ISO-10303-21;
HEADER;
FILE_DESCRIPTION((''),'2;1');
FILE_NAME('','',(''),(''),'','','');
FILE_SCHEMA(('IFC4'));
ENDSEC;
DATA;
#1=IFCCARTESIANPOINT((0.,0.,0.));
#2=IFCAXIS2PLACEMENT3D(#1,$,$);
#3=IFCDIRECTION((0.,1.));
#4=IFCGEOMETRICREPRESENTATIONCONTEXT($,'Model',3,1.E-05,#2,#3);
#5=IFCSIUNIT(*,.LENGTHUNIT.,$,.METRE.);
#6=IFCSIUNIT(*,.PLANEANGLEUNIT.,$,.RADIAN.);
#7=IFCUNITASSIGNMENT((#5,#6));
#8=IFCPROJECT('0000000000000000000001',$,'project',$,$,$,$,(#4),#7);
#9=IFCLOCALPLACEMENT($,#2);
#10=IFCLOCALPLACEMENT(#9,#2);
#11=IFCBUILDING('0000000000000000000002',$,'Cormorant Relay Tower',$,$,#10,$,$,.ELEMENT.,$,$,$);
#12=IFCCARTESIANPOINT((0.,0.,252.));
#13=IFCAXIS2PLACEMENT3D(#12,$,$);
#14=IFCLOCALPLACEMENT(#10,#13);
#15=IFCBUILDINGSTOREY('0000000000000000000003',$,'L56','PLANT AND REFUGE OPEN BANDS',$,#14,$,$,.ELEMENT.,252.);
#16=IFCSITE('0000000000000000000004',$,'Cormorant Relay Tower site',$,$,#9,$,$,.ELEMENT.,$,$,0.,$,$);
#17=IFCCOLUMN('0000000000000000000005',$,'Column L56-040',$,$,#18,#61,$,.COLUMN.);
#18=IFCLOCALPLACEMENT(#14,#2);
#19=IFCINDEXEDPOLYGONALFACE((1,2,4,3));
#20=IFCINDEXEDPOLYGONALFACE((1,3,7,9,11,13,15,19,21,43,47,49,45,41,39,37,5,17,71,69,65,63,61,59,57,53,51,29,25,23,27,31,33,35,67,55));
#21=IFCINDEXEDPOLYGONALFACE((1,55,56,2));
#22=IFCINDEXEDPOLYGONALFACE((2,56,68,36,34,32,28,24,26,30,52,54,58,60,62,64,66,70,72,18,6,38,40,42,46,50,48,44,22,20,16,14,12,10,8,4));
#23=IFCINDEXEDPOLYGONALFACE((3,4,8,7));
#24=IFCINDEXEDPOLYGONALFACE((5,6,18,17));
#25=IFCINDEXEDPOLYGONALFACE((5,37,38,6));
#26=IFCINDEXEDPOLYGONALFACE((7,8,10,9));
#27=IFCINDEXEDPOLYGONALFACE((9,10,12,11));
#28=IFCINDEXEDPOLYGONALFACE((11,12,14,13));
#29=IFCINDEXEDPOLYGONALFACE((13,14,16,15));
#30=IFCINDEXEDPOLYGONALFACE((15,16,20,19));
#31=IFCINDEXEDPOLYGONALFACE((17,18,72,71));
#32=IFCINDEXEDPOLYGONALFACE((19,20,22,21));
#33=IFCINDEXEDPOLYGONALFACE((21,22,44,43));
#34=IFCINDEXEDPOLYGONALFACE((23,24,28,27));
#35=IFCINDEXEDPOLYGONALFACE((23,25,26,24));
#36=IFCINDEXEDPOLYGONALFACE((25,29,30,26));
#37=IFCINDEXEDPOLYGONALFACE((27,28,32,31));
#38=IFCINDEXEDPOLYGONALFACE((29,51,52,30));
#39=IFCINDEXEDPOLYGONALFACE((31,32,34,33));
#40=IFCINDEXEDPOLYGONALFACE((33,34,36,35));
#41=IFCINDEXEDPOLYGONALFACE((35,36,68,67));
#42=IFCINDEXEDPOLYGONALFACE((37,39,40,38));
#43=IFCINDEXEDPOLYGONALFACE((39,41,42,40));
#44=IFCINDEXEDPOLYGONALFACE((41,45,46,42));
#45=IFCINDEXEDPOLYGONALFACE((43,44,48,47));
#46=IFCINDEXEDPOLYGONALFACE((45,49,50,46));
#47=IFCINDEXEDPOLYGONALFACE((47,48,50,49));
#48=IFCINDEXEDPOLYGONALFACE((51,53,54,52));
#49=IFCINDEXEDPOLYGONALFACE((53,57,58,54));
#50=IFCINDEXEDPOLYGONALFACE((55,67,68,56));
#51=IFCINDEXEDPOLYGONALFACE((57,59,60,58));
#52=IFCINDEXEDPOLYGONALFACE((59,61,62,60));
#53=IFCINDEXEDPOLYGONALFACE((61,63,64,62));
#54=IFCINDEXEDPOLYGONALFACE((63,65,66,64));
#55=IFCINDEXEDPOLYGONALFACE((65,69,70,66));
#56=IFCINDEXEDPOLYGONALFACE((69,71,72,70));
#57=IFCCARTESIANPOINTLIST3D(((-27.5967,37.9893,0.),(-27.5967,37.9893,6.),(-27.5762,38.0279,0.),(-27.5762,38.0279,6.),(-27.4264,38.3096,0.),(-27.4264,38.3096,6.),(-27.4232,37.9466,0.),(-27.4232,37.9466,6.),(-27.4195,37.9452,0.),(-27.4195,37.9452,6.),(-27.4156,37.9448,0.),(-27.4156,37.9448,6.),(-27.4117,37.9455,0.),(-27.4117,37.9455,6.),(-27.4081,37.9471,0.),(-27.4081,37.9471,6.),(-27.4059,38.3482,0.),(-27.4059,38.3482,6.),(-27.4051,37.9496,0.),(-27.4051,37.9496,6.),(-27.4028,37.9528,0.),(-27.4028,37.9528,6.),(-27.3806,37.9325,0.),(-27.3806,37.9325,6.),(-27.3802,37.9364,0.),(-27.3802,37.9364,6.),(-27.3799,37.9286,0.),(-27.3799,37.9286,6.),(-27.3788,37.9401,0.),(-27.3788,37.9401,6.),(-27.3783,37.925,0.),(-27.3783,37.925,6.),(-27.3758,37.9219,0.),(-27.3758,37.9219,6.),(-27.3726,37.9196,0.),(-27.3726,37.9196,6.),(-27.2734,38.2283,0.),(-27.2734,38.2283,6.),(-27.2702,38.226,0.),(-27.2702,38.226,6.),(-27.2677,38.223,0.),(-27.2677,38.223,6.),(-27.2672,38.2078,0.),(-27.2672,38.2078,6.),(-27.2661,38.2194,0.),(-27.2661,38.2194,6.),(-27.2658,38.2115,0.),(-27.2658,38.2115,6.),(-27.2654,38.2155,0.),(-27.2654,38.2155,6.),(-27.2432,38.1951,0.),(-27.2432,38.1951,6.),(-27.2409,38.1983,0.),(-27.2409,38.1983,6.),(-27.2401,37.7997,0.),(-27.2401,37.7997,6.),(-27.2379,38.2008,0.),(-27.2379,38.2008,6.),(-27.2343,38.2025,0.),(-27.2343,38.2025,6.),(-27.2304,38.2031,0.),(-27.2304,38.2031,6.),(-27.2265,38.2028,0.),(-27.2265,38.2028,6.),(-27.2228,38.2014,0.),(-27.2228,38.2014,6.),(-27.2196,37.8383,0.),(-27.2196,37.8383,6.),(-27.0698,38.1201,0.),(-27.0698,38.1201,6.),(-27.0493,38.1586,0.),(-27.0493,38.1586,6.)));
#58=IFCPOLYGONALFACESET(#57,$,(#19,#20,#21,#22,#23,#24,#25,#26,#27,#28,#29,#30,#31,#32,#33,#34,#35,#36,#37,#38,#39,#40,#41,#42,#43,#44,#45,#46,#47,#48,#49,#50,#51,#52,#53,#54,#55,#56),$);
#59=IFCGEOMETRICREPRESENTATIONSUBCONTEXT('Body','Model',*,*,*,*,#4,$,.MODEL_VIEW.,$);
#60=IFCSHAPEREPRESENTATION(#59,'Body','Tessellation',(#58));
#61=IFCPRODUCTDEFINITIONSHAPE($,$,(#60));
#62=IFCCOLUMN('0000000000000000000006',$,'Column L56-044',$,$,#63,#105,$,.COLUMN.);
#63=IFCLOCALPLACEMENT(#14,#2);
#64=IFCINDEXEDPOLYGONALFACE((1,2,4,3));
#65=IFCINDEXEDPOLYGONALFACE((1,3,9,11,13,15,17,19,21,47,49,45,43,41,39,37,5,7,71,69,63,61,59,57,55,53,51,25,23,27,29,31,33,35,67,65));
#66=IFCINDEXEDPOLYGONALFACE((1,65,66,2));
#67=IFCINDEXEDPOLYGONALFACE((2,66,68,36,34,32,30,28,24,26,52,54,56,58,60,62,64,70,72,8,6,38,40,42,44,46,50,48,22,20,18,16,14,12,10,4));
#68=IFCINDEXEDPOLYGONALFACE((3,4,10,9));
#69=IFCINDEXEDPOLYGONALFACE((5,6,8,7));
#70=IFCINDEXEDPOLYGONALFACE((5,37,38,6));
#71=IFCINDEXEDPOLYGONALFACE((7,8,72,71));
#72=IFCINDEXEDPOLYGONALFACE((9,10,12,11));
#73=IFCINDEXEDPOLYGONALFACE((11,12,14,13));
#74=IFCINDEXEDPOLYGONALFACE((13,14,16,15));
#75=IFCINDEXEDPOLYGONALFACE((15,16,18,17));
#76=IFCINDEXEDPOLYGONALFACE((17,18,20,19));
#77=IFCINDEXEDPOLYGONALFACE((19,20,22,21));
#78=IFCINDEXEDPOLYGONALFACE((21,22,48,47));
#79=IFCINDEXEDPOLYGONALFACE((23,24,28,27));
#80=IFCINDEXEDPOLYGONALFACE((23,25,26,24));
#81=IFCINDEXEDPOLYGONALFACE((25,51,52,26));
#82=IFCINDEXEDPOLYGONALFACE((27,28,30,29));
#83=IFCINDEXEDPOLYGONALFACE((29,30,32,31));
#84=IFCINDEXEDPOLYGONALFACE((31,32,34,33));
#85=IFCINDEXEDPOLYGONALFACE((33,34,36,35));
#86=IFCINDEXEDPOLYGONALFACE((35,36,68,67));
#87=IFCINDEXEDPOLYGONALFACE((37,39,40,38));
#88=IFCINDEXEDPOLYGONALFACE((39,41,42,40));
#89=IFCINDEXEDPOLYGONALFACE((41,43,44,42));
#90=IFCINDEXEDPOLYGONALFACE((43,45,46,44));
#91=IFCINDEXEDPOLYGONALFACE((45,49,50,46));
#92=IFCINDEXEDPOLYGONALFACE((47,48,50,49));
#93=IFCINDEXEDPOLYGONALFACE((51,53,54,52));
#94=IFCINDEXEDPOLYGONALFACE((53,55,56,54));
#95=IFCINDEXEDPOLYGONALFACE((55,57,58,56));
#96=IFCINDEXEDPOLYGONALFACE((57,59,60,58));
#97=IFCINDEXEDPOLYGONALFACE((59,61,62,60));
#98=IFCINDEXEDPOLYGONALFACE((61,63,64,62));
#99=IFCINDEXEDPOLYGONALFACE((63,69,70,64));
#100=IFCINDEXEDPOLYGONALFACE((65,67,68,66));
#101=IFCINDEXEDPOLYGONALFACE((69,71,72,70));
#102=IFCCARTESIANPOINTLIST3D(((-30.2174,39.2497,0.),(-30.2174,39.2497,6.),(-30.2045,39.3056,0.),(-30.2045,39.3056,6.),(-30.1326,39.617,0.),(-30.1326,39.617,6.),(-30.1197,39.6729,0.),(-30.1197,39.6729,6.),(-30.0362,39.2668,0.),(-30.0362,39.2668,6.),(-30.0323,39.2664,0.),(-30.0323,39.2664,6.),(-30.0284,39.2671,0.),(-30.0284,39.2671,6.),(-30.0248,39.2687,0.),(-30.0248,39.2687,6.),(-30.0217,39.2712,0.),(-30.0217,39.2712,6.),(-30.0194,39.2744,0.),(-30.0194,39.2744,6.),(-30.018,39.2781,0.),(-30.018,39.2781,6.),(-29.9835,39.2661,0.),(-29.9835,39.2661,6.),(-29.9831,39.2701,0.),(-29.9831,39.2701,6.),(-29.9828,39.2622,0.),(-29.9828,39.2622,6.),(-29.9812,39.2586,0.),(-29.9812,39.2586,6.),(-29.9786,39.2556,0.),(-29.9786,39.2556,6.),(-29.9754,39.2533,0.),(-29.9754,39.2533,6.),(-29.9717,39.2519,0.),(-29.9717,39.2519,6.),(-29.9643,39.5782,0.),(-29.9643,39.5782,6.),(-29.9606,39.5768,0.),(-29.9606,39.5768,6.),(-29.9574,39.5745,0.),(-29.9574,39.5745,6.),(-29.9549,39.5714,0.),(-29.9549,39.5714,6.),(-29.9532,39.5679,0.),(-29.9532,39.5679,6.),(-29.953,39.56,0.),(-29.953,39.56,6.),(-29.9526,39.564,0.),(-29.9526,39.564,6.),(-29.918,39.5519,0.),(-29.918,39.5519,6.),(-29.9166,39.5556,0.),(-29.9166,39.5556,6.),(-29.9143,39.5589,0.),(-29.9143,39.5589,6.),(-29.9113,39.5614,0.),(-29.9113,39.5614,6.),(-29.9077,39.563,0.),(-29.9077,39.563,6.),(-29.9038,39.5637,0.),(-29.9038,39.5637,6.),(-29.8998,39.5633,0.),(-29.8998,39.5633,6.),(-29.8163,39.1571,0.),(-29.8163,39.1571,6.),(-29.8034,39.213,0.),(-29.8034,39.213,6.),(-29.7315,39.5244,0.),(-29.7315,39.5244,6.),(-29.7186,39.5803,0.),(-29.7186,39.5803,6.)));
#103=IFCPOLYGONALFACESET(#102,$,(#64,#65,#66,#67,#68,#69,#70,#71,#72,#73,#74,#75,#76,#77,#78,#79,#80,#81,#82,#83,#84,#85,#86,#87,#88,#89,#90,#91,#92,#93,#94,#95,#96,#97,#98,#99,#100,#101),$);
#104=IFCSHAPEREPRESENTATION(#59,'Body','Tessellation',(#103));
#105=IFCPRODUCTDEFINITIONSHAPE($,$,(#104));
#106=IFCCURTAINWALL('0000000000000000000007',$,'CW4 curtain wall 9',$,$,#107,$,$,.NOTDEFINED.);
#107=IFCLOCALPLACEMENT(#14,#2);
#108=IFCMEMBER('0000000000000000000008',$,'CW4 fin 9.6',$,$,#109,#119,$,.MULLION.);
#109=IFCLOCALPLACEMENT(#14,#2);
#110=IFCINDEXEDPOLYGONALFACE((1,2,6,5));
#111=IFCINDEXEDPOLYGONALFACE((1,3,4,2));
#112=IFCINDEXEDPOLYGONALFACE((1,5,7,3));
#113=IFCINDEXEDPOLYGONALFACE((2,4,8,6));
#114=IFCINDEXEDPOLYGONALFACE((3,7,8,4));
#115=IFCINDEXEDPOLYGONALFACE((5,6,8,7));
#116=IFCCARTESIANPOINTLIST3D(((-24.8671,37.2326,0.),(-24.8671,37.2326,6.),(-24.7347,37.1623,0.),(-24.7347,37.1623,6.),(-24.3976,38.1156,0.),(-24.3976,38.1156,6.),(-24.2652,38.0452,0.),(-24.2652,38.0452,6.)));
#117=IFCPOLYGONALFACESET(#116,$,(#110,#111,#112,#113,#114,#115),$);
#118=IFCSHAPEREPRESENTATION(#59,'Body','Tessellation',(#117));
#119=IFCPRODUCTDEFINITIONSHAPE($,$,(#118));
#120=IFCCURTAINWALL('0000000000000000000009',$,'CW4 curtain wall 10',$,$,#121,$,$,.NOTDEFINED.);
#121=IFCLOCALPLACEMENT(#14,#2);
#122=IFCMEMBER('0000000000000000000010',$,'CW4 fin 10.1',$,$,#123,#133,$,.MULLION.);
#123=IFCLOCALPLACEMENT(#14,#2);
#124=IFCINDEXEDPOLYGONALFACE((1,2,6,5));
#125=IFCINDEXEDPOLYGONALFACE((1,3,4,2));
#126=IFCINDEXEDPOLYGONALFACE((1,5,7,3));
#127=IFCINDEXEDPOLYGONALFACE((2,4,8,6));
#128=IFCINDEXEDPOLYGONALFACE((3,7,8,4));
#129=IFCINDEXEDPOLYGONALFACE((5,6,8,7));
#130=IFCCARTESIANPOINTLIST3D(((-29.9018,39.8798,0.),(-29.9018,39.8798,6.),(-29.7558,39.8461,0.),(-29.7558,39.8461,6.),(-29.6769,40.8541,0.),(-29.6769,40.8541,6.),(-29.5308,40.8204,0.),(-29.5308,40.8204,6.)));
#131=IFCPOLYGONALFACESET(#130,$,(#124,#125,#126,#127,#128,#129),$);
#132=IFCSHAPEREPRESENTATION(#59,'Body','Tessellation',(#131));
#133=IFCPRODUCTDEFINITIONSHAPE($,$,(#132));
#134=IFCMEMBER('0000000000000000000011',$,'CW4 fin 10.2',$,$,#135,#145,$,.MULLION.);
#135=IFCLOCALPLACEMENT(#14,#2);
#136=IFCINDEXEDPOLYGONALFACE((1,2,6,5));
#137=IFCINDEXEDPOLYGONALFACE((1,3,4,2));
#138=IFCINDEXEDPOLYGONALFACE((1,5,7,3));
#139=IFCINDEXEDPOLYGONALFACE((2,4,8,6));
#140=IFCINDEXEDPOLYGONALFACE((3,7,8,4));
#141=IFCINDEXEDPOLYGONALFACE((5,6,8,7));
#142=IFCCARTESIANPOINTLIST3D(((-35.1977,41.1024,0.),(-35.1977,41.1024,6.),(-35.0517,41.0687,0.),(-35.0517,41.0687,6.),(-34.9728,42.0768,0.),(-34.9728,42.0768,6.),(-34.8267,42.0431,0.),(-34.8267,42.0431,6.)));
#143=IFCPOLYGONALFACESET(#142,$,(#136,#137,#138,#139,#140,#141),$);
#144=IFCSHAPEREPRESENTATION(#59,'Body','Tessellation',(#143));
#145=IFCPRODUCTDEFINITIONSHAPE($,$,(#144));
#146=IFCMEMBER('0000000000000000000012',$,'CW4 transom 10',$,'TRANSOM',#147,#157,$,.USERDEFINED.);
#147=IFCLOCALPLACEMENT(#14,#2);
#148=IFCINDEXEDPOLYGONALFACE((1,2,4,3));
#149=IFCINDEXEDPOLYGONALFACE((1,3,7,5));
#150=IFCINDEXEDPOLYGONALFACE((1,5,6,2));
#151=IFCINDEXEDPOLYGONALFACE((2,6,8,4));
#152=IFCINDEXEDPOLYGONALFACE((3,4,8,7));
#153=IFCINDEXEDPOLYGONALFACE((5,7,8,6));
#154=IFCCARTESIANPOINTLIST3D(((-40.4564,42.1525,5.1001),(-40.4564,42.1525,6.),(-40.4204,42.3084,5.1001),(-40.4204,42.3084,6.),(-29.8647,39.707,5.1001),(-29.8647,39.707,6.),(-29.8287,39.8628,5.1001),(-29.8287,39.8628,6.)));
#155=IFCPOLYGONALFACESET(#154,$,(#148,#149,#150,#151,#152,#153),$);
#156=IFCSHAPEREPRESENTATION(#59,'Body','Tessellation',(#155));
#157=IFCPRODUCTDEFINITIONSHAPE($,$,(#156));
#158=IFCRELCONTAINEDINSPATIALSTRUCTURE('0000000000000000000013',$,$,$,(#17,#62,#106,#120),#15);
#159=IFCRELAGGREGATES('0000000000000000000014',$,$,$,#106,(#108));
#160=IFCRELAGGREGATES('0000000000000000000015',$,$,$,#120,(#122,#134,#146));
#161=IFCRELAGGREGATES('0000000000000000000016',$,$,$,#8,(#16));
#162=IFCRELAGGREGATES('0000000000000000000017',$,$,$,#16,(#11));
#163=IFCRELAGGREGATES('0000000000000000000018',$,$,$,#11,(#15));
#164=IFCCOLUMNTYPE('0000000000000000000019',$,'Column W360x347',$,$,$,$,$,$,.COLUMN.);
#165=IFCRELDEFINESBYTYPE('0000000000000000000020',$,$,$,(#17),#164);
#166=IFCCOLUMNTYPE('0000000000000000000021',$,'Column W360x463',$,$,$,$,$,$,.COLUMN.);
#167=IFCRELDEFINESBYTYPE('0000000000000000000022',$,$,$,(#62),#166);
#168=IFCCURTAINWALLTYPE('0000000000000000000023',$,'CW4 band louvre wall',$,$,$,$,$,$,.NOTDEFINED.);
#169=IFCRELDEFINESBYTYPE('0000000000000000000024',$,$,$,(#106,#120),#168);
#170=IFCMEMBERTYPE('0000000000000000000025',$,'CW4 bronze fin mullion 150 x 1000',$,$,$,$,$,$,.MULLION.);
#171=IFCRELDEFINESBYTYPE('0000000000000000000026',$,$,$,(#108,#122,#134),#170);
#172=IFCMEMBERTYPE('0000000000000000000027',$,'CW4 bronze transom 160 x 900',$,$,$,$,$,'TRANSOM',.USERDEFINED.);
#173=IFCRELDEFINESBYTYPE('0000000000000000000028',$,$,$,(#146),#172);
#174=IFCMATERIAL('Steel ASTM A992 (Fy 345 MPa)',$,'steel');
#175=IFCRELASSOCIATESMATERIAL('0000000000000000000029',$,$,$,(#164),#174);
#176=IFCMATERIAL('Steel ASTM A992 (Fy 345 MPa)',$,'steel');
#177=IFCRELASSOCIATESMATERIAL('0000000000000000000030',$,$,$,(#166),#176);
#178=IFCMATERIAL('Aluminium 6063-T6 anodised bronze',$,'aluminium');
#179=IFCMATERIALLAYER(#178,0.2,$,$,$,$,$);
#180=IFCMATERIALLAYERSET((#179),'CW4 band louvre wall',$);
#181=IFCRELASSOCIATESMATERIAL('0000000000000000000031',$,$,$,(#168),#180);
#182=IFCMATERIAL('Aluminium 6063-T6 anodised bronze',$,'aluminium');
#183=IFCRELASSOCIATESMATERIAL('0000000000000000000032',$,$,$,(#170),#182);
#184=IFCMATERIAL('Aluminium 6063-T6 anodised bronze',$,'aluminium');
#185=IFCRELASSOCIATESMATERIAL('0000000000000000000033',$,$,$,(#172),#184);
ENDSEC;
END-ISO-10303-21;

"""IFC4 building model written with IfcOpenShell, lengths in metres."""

from ifc_helpers import new_model, si_unit, direction, frame, origin, origin_2d, place, context, subcontext, project, spatial, rectangle, i_section, extrude, material, layer, layer_set, material_profile, profile_set, type_object, element, aggregate, save


model = new_model("IFC4")

# Units and contexts
model_context = context("Model", 3, precision=1e-05, world=origin(), true_north=direction((0.0, 1.0)))
body_context = subcontext(model_context, "Body", "Model", "MODEL_VIEW")
ifc_project = project(units=[si_unit("LENGTHUNIT", "METRE"), si_unit("PLANEANGLEUNIT", "RADIAN")], contexts=[model_context])

# Site, building, storey
site_placement = place(None, origin())
site = spatial("IfcSite", under=ifc_project, at=site_placement, Name="Cormorant Relay Tower site", CompositionType="ELEMENT", RefElevation=0.0)
building_placement = place(site_placement, origin())
building = spatial("IfcBuilding", under=site, at=building_placement, Name="Cormorant Relay Tower", CompositionType="ELEMENT")
storey_placement = place(building_placement, frame((0.0, 0.0, 252.0)))
storey = spatial("IfcBuildingStorey", under=building, at=storey_placement, Name="L56", Description="PLANT AND REFUGE OPEN BANDS", CompositionType="ELEMENT", Elevation=252.0)

# Columns
ifc_material_1 = material(Name="Steel ASTM A992 (Fy 345 MPa)", Category="steel")
ifc_material_profile_1 = material_profile(ifc_material_1, i_section(OverallWidth=0.4038, OverallDepth=0.4065, WebThickness=0.0271, FlangeThickness=0.0437, FilletRadius=0.0151, at=origin_2d()), Name="W360x347")
ifc_profile_set_1 = profile_set([ifc_material_profile_1], Name="Steel ASTM A992 (Fy 345 MPa)")
column_type_1 = type_object("IfcColumnType", Name="Column W360x347", PredefinedType="COLUMN", material=ifc_profile_set_1)
column_1_placement = place(storey_placement, frame((-27.323, 38.074, 0.0), z_axis=(0.0, 0.0, 1.0), x_axis=(-0.882948, 0.469472, 0.0)))
element("IfcColumn", 1, at=column_1_placement, inside=storey, type_object=column_type_1, Name="Column L56-040", PredefinedType="COLUMN", context=body_context, shape_type="SweptSolid", body=[
    extrude(i_section(OverallWidth=0.4038, OverallDepth=0.4065, WebThickness=0.0271, FlangeThickness=0.0437, FilletRadius=0.0151, at=origin_2d()), origin(), (0.0, 0.0, 1.0), 6.0),
])
ifc_material_2 = material(Name="Steel ASTM A992 (Fy 345 MPa)", Category="steel")
ifc_material_profile_2 = material_profile(ifc_material_2, i_section(OverallWidth=0.4116, OverallDepth=0.4343, WebThickness=0.0359, FlangeThickness=0.0574, FilletRadius=0.0151, at=origin_2d()), Name="W360x463")
ifc_profile_set_2 = profile_set([ifc_material_profile_2], Name="Steel ASTM A992 (Fy 345 MPa)")
column_type_2 = type_object("IfcColumnType", Name="Column W360x463", PredefinedType="COLUMN", material=ifc_profile_set_2)
column_2_placement = place(storey_placement, frame((-29.968, 39.415, 0.0), z_axis=(0.0, 0.0, 1.0), x_axis=(-0.97437, 0.224951, 0.0)))
element("IfcColumn", 2, at=column_2_placement, inside=storey, type_object=column_type_2, Name="Column L56-044", PredefinedType="COLUMN", context=body_context, shape_type="SweptSolid", body=[
    extrude(i_section(OverallWidth=0.4116, OverallDepth=0.4343, WebThickness=0.0359, FlangeThickness=0.0574, FilletRadius=0.0151, at=origin_2d()), origin(), (0.0, 0.0, 1.0), 6.0),
])

# Curtain wall, member
ifc_material_3 = material(Name="Aluminium 6063-T6 anodised bronze", Category="aluminium")
ifc_layer_1 = layer(ifc_material_3, 0.2)
ifc_layer_set_1 = layer_set([ifc_layer_1], Name="CW4 band louvre wall")
curtain_wall_type = type_object("IfcCurtainWallType", Name="CW4 band louvre wall", PredefinedType="NOTDEFINED", material=ifc_layer_set_1)
curtain_wall_1_placement = place(storey_placement, origin())
curtain_wall_1 = element("IfcCurtainWall", 3, at=curtain_wall_1_placement, inside=storey, type_object=curtain_wall_type, Name="CW4 curtain wall 9", PredefinedType="NOTDEFINED")
ifc_material_4 = material(Name="Aluminium 6063-T6 anodised bronze", Category="aluminium")
ifc_material_profile_3 = material_profile(ifc_material_4, rectangle(XDim=0.1499, YDim=1.0, at=origin_2d()), Name="AL 150x1000")
ifc_profile_set_3 = profile_set([ifc_material_profile_3], Name="Aluminium 6063-T6 anodised bronze")
member_type_1 = type_object("IfcMemberType", Name="CW4 bronze fin mullion 150 x 1000", PredefinedType="MULLION", material=ifc_profile_set_3)
member_1_placement = place(storey_placement, frame((-24.5662, 37.6389, 0.0), z_axis=(0.0, 0.0, 1.0), x_axis=(-0.882948, 0.469472, 0.0)))
member_1 = element("IfcMember", 4, at=member_1_placement, type_object=member_type_1, Name="CW4 fin 9.6", PredefinedType="MULLION", context=body_context, shape_type="SweptSolid", body=[
    extrude(rectangle(XDim=0.1499, YDim=1.0, at=origin_2d()), origin(), (0.0, 0.0, 1.0), 6.0),
])

# Curtain wall, members
curtain_wall_2_placement = place(storey_placement, origin())
curtain_wall_2 = element("IfcCurtainWall", 5, at=curtain_wall_2_placement, inside=storey, type_object=curtain_wall_type, Name="CW4 curtain wall 10", PredefinedType="NOTDEFINED")
member_2_placement = place(storey_placement, frame((-29.7163, 40.3501, 0.0), z_axis=(0.0, 0.0, 1.0), x_axis=(-0.97437, 0.224951, 0.0)))
member_2 = element("IfcMember", 6, at=member_2_placement, type_object=member_type_1, Name="CW4 fin 10.1", PredefinedType="MULLION", context=body_context, shape_type="SweptSolid", body=[
    extrude(rectangle(XDim=0.1499, YDim=1.0, at=origin_2d()), origin(), (0.0, 0.0, 1.0), 6.0),
])
member_3_placement = place(storey_placement, frame((-35.0122, 41.5728, 0.0), z_axis=(0.0, 0.0, 1.0), x_axis=(-0.97437, 0.224951, 0.0)))
member_3 = element("IfcMember", 7, at=member_3_placement, type_object=member_type_1, Name="CW4 fin 10.2", PredefinedType="MULLION", context=body_context, shape_type="SweptSolid", body=[
    extrude(rectangle(XDim=0.1499, YDim=1.0, at=origin_2d()), origin(), (0.0, 0.0, 1.0), 6.0),
])
ifc_material_5 = material(Name="Aluminium 6063-T6 anodised bronze", Category="aluminium")
ifc_material_profile_4 = material_profile(ifc_material_5, rectangle(XDim=0.1599, YDim=0.8999, at=origin_2d()), Name="AL 160x900")
ifc_profile_set_4 = profile_set([ifc_material_profile_4], Name="Aluminium 6063-T6 anodised bronze")
member_type_2 = type_object("IfcMemberType", Name="CW4 bronze transom 160 x 900", ElementType="TRANSOM", PredefinedType="USERDEFINED", material=ifc_profile_set_4)
member_4_placement = place(storey_placement, frame((-29.8467, 39.7849, 5.55), z_axis=(-0.974365, 0.224973, 0.0), x_axis=(-0.224973, -0.974365, 0.0)))
member_4 = element("IfcMember", 8, at=member_4_placement, type_object=member_type_2, Name="CW4 transom 10", ObjectType="TRANSOM", PredefinedType="USERDEFINED", context=body_context, shape_type="SweptSolid", body=[
    extrude(rectangle(XDim=0.1599, YDim=0.8999, at=origin_2d()), origin(), (0.0, 0.0, 1.0), 10.8704),
])

aggregate(curtain_wall_1, [member_1])
aggregate(curtain_wall_2, [member_2, member_3, member_4])

save(model, "model.ifc")
